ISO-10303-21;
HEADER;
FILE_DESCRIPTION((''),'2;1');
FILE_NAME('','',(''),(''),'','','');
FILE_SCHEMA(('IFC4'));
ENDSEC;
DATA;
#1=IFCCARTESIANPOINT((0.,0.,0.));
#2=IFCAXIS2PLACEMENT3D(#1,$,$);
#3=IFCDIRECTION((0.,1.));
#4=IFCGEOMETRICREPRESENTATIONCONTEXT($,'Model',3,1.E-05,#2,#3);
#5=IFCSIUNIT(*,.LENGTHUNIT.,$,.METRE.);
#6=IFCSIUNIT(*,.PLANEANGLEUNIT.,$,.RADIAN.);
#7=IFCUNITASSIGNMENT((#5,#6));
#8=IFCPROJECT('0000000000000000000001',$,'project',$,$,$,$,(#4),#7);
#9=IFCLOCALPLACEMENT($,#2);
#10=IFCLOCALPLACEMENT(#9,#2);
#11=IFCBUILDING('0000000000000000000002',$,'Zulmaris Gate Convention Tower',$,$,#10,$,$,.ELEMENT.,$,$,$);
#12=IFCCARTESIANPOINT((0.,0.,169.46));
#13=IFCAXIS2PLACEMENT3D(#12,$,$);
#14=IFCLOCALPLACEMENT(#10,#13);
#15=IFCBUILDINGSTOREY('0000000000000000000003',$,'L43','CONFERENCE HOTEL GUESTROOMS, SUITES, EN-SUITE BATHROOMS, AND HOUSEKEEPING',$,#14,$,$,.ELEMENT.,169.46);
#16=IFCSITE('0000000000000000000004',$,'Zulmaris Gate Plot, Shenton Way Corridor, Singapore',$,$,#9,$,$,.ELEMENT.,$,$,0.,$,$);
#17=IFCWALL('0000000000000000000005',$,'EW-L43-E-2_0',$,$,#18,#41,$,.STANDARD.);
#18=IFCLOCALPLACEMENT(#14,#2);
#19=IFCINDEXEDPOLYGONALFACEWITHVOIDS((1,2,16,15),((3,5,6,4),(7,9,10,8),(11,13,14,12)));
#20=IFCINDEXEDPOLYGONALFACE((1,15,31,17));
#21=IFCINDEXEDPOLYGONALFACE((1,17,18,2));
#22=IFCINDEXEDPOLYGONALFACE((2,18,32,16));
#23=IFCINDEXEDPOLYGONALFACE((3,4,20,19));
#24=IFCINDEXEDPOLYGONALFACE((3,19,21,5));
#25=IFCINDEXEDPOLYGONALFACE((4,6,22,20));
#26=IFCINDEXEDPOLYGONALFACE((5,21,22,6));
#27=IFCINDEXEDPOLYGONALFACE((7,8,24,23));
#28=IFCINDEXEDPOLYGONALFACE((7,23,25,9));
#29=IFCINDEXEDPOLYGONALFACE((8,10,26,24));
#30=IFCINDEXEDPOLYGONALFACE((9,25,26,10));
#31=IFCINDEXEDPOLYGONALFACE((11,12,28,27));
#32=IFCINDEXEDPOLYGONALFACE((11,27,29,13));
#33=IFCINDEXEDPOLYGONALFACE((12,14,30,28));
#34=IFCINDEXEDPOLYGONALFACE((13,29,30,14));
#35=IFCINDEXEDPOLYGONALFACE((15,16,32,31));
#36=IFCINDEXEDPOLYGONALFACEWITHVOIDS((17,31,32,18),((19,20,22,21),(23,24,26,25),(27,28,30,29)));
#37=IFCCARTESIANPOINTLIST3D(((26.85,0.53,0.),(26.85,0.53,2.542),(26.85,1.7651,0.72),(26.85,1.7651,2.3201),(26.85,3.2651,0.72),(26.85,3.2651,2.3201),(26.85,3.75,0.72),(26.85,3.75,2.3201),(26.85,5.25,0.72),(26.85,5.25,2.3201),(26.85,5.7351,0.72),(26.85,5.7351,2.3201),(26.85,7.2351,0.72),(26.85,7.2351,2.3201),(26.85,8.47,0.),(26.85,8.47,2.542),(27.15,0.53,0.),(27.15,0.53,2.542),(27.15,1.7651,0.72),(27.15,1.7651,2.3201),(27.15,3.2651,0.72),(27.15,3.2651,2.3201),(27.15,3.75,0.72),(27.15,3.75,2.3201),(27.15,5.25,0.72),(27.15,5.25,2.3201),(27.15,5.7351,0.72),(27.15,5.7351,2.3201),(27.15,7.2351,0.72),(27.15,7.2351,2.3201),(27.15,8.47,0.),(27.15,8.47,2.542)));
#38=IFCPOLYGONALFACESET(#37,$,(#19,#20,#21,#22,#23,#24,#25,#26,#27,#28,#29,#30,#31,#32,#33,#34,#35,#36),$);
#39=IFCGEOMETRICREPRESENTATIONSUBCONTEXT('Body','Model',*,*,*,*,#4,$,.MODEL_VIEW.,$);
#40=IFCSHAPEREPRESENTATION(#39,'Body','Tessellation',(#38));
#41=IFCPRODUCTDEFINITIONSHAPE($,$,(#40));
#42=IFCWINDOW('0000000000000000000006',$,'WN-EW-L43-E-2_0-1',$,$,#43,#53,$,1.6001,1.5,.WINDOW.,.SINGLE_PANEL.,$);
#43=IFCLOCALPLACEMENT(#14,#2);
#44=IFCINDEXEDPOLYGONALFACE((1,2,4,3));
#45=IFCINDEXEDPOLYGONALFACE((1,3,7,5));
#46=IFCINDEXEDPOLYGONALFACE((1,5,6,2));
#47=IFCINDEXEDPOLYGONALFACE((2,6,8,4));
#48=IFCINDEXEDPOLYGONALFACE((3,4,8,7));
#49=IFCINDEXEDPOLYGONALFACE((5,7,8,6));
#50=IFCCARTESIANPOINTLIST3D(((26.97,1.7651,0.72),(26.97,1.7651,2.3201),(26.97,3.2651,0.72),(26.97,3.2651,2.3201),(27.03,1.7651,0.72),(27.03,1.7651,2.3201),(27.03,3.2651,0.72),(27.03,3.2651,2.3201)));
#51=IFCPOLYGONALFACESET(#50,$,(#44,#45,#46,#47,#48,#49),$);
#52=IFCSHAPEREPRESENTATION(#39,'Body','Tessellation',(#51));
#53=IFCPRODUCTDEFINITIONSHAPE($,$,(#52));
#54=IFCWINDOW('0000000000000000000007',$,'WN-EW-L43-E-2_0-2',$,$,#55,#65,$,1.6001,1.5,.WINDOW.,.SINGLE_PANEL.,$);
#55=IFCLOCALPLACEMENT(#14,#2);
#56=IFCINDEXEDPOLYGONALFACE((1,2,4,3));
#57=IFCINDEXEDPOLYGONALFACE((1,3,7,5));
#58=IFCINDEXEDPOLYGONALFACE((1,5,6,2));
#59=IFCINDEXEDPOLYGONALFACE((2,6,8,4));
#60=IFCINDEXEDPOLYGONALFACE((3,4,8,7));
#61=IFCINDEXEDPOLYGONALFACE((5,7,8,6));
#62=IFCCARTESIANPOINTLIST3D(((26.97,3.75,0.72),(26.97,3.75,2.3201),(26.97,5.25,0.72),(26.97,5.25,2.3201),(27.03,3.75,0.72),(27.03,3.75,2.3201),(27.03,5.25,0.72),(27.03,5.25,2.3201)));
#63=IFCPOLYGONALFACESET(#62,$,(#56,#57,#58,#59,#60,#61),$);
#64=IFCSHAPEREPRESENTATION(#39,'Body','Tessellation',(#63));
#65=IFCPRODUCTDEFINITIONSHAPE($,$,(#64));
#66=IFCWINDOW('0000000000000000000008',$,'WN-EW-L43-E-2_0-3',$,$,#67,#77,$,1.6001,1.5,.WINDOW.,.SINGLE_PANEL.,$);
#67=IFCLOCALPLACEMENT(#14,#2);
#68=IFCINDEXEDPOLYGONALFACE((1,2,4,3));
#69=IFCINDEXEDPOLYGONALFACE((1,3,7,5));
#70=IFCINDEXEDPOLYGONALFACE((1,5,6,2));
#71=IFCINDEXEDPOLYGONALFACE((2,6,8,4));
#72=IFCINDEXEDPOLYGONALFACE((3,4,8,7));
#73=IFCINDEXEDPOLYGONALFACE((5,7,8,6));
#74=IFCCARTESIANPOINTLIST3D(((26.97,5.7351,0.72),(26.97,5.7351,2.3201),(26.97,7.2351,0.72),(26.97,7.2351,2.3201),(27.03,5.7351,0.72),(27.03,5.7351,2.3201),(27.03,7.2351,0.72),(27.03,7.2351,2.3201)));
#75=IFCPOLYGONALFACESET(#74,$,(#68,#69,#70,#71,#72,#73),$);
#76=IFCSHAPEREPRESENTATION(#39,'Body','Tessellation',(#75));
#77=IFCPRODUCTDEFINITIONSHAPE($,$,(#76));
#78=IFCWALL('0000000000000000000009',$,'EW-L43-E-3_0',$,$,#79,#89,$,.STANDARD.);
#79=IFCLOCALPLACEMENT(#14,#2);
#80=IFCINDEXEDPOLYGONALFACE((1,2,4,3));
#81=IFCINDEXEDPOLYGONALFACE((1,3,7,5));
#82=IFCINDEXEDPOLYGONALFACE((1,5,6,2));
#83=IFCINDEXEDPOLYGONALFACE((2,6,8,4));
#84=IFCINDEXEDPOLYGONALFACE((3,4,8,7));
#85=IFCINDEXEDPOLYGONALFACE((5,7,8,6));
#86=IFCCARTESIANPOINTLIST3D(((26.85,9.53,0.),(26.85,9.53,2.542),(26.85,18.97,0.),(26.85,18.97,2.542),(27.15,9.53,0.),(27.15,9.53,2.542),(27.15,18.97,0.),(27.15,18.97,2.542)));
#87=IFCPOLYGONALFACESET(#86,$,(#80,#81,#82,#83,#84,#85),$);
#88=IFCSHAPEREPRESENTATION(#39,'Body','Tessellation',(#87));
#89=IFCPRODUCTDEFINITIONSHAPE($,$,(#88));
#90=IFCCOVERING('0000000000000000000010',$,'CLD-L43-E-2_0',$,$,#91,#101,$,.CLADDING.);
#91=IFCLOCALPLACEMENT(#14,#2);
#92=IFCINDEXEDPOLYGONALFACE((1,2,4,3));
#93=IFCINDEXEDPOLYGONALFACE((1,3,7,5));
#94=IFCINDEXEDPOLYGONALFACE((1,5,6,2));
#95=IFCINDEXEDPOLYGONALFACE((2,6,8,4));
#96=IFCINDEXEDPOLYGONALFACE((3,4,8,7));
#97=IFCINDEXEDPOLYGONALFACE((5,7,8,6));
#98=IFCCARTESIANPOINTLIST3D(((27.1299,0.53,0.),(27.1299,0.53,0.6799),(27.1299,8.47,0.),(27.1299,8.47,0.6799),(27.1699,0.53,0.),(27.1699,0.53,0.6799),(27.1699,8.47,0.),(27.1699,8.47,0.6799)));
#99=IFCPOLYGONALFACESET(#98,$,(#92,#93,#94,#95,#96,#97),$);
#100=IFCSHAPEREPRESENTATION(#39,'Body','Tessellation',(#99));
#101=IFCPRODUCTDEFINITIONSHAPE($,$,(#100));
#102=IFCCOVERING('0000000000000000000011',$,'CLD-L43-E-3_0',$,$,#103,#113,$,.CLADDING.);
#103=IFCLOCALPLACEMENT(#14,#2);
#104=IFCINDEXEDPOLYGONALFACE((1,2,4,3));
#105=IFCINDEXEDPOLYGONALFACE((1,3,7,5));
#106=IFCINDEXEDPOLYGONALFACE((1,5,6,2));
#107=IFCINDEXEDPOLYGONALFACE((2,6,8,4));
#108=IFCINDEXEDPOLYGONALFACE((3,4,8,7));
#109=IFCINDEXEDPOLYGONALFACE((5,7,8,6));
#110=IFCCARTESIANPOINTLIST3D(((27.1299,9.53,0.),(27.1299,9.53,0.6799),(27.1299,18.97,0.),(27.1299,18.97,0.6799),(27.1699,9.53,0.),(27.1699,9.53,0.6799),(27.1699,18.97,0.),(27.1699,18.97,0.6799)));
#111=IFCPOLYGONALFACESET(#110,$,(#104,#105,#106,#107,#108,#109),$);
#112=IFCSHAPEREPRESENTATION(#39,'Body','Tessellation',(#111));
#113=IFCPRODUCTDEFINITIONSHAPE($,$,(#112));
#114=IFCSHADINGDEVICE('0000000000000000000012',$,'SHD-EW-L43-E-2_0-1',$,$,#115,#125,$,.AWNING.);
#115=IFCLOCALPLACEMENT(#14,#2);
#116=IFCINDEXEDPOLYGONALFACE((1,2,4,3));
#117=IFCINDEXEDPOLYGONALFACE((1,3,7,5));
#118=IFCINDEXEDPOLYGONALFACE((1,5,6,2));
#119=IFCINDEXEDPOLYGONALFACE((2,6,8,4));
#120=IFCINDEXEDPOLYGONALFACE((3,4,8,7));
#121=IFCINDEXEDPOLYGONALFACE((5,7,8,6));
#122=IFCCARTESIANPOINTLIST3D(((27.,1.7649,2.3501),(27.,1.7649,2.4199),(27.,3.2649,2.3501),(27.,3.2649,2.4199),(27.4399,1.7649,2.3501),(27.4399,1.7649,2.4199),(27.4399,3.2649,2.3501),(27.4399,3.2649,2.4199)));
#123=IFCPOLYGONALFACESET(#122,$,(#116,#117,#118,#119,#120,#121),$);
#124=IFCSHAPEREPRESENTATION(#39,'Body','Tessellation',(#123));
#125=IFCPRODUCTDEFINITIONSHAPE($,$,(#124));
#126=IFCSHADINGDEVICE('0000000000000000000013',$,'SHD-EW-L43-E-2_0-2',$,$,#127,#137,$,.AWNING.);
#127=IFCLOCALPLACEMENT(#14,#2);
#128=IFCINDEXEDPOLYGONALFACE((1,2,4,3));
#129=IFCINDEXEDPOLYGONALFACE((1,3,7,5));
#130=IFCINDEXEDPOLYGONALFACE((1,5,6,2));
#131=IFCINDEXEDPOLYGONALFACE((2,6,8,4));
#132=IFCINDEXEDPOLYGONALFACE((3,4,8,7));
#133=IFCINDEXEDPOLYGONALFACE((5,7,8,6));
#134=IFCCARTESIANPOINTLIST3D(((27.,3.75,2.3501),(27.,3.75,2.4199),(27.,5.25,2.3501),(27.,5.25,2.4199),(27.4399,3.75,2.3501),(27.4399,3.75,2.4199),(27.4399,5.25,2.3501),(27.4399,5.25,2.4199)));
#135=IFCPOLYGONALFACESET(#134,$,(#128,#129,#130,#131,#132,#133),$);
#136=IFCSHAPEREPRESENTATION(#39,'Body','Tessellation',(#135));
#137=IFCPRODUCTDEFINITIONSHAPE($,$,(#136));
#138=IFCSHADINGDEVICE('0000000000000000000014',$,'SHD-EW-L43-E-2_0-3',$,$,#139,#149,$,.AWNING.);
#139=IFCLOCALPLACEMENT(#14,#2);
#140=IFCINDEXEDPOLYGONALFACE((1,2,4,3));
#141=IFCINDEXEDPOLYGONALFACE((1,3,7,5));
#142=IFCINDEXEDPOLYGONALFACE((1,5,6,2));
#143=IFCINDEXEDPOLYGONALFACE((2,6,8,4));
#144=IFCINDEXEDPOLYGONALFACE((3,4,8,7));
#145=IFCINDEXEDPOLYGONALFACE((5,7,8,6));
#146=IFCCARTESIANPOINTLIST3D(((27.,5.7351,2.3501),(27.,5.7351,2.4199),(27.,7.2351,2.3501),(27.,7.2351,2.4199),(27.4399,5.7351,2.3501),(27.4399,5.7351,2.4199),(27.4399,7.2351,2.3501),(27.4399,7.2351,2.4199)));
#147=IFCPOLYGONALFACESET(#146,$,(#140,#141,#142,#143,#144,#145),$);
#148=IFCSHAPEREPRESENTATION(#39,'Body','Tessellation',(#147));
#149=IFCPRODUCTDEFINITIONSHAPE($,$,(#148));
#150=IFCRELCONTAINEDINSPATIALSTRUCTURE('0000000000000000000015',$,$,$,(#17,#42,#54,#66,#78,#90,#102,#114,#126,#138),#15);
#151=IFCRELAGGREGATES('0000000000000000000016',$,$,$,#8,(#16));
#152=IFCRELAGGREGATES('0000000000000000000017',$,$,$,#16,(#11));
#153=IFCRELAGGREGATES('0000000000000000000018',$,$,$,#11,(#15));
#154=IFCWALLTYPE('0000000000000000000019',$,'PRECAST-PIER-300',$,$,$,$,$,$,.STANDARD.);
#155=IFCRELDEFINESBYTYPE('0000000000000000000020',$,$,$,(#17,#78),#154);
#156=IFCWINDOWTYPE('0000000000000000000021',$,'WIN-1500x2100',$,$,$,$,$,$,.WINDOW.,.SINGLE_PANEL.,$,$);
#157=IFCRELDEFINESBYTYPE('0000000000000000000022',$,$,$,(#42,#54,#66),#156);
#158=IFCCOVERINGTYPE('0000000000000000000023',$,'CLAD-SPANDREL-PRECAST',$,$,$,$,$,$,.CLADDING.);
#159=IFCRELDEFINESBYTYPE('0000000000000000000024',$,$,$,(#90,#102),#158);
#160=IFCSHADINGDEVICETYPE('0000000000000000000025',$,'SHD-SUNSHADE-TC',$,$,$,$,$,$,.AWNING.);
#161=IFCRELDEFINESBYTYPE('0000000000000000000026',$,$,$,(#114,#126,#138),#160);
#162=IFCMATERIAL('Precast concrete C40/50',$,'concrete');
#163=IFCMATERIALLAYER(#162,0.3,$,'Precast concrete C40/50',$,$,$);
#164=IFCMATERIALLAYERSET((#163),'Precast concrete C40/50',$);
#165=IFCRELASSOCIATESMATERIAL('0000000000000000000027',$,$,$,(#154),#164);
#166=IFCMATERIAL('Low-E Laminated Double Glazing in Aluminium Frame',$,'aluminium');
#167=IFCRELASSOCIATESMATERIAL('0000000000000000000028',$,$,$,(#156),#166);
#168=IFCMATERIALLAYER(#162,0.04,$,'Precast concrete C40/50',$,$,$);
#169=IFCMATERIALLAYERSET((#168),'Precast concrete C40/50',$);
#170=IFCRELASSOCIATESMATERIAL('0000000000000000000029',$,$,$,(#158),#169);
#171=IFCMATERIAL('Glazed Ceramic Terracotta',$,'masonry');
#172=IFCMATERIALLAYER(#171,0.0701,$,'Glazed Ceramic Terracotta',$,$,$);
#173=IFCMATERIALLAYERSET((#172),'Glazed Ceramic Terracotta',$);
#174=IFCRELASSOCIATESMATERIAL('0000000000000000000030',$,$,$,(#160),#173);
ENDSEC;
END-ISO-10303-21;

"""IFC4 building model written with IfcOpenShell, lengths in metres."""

from ifc_helpers import new_model, si_unit, direction, frame, frame_2d, origin, place, context, subcontext, project, spatial, rectangle, extrude, material, layer, layer_set, type_object, element, fill, save


model = new_model("IFC4")

# Units and contexts
model_context = context("Model", 3, precision=1e-05, world=origin(), true_north=direction((0.0, 1.0)))
body_context = subcontext(model_context, "Body", "Model", "MODEL_VIEW")
ifc_project = project(units=[si_unit("LENGTHUNIT", "METRE"), si_unit("PLANEANGLEUNIT", "RADIAN")], contexts=[model_context])

# Site, building, storey
site_placement = place(None, origin())
site = spatial("IfcSite", under=ifc_project, at=site_placement, Name="Zulmaris Gate Plot, Shenton Way Corridor, Singapore", CompositionType="ELEMENT", RefElevation=0.0)
building_placement = place(site_placement, origin())
building = spatial("IfcBuilding", under=site, at=building_placement, Name="Zulmaris Gate Convention Tower", CompositionType="ELEMENT")
storey_placement = place(building_placement, frame((0.0, 0.0, 169.46)))
storey = spatial("IfcBuildingStorey", under=building, at=storey_placement, Name="L43", Description="CONFERENCE HOTEL GUESTROOMS, SUITES, EN-SUITE BATHROOMS, AND HOUSEKEEPING", CompositionType="ELEMENT", Elevation=169.46)

# Wall, openings, windows
ifc_material_1 = material(Name="Precast concrete C40/50", Category="concrete")
ifc_layer_1 = layer(ifc_material_1, 0.3, Name="Precast concrete C40/50")
ifc_layer_set_1 = layer_set([ifc_layer_1], Name="Precast concrete C40/50")
wall_type_1 = type_object("IfcWallType", Name="PRECAST-PIER-300", PredefinedType="STANDARD", material=ifc_layer_set_1)
wall_1_placement = place(storey_placement, frame((27.0, 0.53, 0.0), z_axis=(0.0, 0.0, 1.0), x_axis=(0.0, 1.0, 0.0)))
wall_1 = element("IfcWall", 1, at=wall_1_placement, inside=storey, type_object=wall_type_1, Name="EW-L43-E-2_0", PredefinedType="STANDARD", context=body_context, shape_type="SweptSolid", body=[
    extrude(rectangle(XDim=7.9399, YDim=0.3, at=frame_2d((3.97, 0.0))), origin(), (0.0, 0.0, 1.0), 2.542),
])
opening_1_placement = place(wall_1_placement, frame((1.2351, 0.0, 0.72)))
opening_1 = element("IfcOpeningElement", 2, at=opening_1_placement, cuts=wall_1, PredefinedType="OPENING", context=body_context, shape_type="SweptSolid", body=[
    extrude(rectangle(XDim=1.5, YDim=1.6001, at=frame_2d((0.75, 0.8))), frame((0.0, 0.1602, 0.0), z_axis=(0.0, -1.0, 0.0), x_axis=(1.0, 0.0, 0.0)), (0.0, 0.0, 1.0), 0.3201),
])
opening_2_placement = place(wall_1_placement, frame((3.22, 0.0, 0.72)))
opening_2 = element("IfcOpeningElement", 3, at=opening_2_placement, cuts=wall_1, PredefinedType="OPENING", context=body_context, shape_type="SweptSolid", body=[
    extrude(rectangle(XDim=1.5, YDim=1.6001, at=frame_2d((0.75, 0.8))), frame((0.0, 0.1602, 0.0), z_axis=(0.0, -1.0, 0.0), x_axis=(1.0, 0.0, 0.0)), (0.0, 0.0, 1.0), 0.3201),
])
opening_3_placement = place(wall_1_placement, frame((5.2051, 0.0, 0.72)))
opening_3 = element("IfcOpeningElement", 4, at=opening_3_placement, cuts=wall_1, PredefinedType="OPENING", context=body_context, shape_type="SweptSolid", body=[
    extrude(rectangle(XDim=1.5, YDim=1.6001, at=frame_2d((0.75, 0.8))), frame((0.0, 0.1602, 0.0), z_axis=(0.0, -1.0, 0.0), x_axis=(1.0, 0.0, 0.0)), (0.0, 0.0, 1.0), 0.3201),
])
ifc_material_2 = material(Name="Low-E Laminated Double Glazing in Aluminium Frame", Category="aluminium")
window_type = type_object("IfcWindowType", Name="WIN-1500x2100", PartitioningType="SINGLE_PANEL", PredefinedType="WINDOW", material=ifc_material_2)
window_1_placement = place(opening_1_placement, origin())
window_1 = element("IfcWindow", 5, at=window_1_placement, inside=storey, type_object=window_type, Name="WN-EW-L43-E-2_0-1", OverallHeight=1.6001, OverallWidth=1.5, PartitioningType="SINGLE_PANEL", PredefinedType="WINDOW", context=body_context, shape_type="SweptSolid", body=[
    extrude(rectangle(XDim=1.5, YDim=1.6001, at=frame_2d((0.75, 0.8))), frame((0.0, 0.03, 0.0), z_axis=(0.0, -1.0, 0.0), x_axis=(1.0, 0.0, 0.0)), (0.0, 0.0, 1.0), 0.0601),
])
fill(opening_1, window_1)
window_2_placement = place(opening_2_placement, origin())
window_2 = element("IfcWindow", 6, at=window_2_placement, inside=storey, type_object=window_type, Name="WN-EW-L43-E-2_0-2", OverallHeight=1.6001, OverallWidth=1.5, PartitioningType="SINGLE_PANEL", PredefinedType="WINDOW", context=body_context, shape_type="SweptSolid", body=[
    extrude(rectangle(XDim=1.5, YDim=1.6001, at=frame_2d((0.75, 0.8))), frame((0.0, 0.03, 0.0), z_axis=(0.0, -1.0, 0.0), x_axis=(1.0, 0.0, 0.0)), (0.0, 0.0, 1.0), 0.0601),
])
fill(opening_2, window_2)
window_3_placement = place(opening_3_placement, origin())
window_3 = element("IfcWindow", 7, at=window_3_placement, inside=storey, type_object=window_type, Name="WN-EW-L43-E-2_0-3", OverallHeight=1.6001, OverallWidth=1.5, PartitioningType="SINGLE_PANEL", PredefinedType="WINDOW", context=body_context, shape_type="SweptSolid", body=[
    extrude(rectangle(XDim=1.5, YDim=1.6001, at=frame_2d((0.75, 0.8))), frame((0.0, 0.03, 0.0), z_axis=(0.0, -1.0, 0.0), x_axis=(1.0, 0.0, 0.0)), (0.0, 0.0, 1.0), 0.0601),
])
fill(opening_3, window_3)

# Wall
wall_2_placement = place(storey_placement, frame((27.0, 9.53, 0.0), z_axis=(0.0, 0.0, 1.0), x_axis=(0.0, 1.0, 0.0)))
element("IfcWall", 8, at=wall_2_placement, inside=storey, type_object=wall_type_1, Name="EW-L43-E-3_0", PredefinedType="STANDARD", context=body_context, shape_type="SweptSolid", body=[
    extrude(rectangle(XDim=9.4399, YDim=0.3, at=frame_2d((4.72, 0.0))), origin(), (0.0, 0.0, 1.0), 2.542),
])

# Coverings
ifc_layer_2 = layer(ifc_material_1, 0.04, Name="Precast concrete C40/50")
ifc_layer_set_2 = layer_set([ifc_layer_2], Name="Precast concrete C40/50")
covering_type = type_object("IfcCoveringType", Name="CLAD-SPANDREL-PRECAST", PredefinedType="CLADDING", material=ifc_layer_set_2)
covering_1_placement = place(storey_placement, frame((27.1499, 0.53, 0.0), z_axis=(0.0, 0.0, 1.0), x_axis=(0.0, 1.0, 0.0)))
element("IfcCovering", 9, at=covering_1_placement, inside=storey, type_object=covering_type, Name="CLD-L43-E-2_0", PredefinedType="CLADDING", context=body_context, shape_type="SweptSolid", body=[
    extrude(rectangle(XDim=7.9399, YDim=0.04, at=frame_2d((3.97, 0.0))), origin(), (0.0, 0.0, 1.0), 0.6799),
])
covering_2_placement = place(storey_placement, frame((27.1499, 9.53, 0.0), z_axis=(0.0, 0.0, 1.0), x_axis=(0.0, 1.0, 0.0)))
element("IfcCovering", 10, at=covering_2_placement, inside=storey, type_object=covering_type, Name="CLD-L43-E-3_0", PredefinedType="CLADDING", context=body_context, shape_type="SweptSolid", body=[
    extrude(rectangle(XDim=9.4399, YDim=0.04, at=frame_2d((4.72, 0.0))), origin(), (0.0, 0.0, 1.0), 0.6799),
])

# Shading devices
ifc_material_3 = material(Name="Glazed Ceramic Terracotta", Category="masonry")
ifc_layer_3 = layer(ifc_material_3, 0.0701, Name="Glazed Ceramic Terracotta")
ifc_layer_set_3 = layer_set([ifc_layer_3], Name="Glazed Ceramic Terracotta")
shading_device_type = type_object("IfcShadingDeviceType", Name="SHD-SUNSHADE-TC", PredefinedType="AWNING", material=ifc_layer_set_3)
for number, where, z_axis, x_axis, name in (
    (11, (27.22, 1.7649, 2.3501), (0.0, 0.0, 1.0), (0.0, 1.0, 0.0), "SHD-EW-L43-E-2_0-1"),
    (12, (27.22, 3.75, 2.3501), (0.0, 0.0, 1.0), (0.0, 1.0, 0.0), "SHD-EW-L43-E-2_0-2"),
    (13, (27.22, 5.7351, 2.3501), (0.0, 0.0, 1.0), (0.0, 1.0, 0.0), "SHD-EW-L43-E-2_0-3"),
):
    element("IfcShadingDevice", number, at=place(storey_placement, frame(where, z_axis=z_axis, x_axis=x_axis)), inside=storey, type_object=shading_device_type, Name=name, PredefinedType="AWNING", context=body_context, shape_type="SweptSolid", body=[
        extrude(rectangle(XDim=1.5, YDim=0.4399, at=frame_2d((0.75, 0.0))), origin(), (0.0, 0.0, 1.0), 0.0698),
    ])

save(model, "model.ifc")
